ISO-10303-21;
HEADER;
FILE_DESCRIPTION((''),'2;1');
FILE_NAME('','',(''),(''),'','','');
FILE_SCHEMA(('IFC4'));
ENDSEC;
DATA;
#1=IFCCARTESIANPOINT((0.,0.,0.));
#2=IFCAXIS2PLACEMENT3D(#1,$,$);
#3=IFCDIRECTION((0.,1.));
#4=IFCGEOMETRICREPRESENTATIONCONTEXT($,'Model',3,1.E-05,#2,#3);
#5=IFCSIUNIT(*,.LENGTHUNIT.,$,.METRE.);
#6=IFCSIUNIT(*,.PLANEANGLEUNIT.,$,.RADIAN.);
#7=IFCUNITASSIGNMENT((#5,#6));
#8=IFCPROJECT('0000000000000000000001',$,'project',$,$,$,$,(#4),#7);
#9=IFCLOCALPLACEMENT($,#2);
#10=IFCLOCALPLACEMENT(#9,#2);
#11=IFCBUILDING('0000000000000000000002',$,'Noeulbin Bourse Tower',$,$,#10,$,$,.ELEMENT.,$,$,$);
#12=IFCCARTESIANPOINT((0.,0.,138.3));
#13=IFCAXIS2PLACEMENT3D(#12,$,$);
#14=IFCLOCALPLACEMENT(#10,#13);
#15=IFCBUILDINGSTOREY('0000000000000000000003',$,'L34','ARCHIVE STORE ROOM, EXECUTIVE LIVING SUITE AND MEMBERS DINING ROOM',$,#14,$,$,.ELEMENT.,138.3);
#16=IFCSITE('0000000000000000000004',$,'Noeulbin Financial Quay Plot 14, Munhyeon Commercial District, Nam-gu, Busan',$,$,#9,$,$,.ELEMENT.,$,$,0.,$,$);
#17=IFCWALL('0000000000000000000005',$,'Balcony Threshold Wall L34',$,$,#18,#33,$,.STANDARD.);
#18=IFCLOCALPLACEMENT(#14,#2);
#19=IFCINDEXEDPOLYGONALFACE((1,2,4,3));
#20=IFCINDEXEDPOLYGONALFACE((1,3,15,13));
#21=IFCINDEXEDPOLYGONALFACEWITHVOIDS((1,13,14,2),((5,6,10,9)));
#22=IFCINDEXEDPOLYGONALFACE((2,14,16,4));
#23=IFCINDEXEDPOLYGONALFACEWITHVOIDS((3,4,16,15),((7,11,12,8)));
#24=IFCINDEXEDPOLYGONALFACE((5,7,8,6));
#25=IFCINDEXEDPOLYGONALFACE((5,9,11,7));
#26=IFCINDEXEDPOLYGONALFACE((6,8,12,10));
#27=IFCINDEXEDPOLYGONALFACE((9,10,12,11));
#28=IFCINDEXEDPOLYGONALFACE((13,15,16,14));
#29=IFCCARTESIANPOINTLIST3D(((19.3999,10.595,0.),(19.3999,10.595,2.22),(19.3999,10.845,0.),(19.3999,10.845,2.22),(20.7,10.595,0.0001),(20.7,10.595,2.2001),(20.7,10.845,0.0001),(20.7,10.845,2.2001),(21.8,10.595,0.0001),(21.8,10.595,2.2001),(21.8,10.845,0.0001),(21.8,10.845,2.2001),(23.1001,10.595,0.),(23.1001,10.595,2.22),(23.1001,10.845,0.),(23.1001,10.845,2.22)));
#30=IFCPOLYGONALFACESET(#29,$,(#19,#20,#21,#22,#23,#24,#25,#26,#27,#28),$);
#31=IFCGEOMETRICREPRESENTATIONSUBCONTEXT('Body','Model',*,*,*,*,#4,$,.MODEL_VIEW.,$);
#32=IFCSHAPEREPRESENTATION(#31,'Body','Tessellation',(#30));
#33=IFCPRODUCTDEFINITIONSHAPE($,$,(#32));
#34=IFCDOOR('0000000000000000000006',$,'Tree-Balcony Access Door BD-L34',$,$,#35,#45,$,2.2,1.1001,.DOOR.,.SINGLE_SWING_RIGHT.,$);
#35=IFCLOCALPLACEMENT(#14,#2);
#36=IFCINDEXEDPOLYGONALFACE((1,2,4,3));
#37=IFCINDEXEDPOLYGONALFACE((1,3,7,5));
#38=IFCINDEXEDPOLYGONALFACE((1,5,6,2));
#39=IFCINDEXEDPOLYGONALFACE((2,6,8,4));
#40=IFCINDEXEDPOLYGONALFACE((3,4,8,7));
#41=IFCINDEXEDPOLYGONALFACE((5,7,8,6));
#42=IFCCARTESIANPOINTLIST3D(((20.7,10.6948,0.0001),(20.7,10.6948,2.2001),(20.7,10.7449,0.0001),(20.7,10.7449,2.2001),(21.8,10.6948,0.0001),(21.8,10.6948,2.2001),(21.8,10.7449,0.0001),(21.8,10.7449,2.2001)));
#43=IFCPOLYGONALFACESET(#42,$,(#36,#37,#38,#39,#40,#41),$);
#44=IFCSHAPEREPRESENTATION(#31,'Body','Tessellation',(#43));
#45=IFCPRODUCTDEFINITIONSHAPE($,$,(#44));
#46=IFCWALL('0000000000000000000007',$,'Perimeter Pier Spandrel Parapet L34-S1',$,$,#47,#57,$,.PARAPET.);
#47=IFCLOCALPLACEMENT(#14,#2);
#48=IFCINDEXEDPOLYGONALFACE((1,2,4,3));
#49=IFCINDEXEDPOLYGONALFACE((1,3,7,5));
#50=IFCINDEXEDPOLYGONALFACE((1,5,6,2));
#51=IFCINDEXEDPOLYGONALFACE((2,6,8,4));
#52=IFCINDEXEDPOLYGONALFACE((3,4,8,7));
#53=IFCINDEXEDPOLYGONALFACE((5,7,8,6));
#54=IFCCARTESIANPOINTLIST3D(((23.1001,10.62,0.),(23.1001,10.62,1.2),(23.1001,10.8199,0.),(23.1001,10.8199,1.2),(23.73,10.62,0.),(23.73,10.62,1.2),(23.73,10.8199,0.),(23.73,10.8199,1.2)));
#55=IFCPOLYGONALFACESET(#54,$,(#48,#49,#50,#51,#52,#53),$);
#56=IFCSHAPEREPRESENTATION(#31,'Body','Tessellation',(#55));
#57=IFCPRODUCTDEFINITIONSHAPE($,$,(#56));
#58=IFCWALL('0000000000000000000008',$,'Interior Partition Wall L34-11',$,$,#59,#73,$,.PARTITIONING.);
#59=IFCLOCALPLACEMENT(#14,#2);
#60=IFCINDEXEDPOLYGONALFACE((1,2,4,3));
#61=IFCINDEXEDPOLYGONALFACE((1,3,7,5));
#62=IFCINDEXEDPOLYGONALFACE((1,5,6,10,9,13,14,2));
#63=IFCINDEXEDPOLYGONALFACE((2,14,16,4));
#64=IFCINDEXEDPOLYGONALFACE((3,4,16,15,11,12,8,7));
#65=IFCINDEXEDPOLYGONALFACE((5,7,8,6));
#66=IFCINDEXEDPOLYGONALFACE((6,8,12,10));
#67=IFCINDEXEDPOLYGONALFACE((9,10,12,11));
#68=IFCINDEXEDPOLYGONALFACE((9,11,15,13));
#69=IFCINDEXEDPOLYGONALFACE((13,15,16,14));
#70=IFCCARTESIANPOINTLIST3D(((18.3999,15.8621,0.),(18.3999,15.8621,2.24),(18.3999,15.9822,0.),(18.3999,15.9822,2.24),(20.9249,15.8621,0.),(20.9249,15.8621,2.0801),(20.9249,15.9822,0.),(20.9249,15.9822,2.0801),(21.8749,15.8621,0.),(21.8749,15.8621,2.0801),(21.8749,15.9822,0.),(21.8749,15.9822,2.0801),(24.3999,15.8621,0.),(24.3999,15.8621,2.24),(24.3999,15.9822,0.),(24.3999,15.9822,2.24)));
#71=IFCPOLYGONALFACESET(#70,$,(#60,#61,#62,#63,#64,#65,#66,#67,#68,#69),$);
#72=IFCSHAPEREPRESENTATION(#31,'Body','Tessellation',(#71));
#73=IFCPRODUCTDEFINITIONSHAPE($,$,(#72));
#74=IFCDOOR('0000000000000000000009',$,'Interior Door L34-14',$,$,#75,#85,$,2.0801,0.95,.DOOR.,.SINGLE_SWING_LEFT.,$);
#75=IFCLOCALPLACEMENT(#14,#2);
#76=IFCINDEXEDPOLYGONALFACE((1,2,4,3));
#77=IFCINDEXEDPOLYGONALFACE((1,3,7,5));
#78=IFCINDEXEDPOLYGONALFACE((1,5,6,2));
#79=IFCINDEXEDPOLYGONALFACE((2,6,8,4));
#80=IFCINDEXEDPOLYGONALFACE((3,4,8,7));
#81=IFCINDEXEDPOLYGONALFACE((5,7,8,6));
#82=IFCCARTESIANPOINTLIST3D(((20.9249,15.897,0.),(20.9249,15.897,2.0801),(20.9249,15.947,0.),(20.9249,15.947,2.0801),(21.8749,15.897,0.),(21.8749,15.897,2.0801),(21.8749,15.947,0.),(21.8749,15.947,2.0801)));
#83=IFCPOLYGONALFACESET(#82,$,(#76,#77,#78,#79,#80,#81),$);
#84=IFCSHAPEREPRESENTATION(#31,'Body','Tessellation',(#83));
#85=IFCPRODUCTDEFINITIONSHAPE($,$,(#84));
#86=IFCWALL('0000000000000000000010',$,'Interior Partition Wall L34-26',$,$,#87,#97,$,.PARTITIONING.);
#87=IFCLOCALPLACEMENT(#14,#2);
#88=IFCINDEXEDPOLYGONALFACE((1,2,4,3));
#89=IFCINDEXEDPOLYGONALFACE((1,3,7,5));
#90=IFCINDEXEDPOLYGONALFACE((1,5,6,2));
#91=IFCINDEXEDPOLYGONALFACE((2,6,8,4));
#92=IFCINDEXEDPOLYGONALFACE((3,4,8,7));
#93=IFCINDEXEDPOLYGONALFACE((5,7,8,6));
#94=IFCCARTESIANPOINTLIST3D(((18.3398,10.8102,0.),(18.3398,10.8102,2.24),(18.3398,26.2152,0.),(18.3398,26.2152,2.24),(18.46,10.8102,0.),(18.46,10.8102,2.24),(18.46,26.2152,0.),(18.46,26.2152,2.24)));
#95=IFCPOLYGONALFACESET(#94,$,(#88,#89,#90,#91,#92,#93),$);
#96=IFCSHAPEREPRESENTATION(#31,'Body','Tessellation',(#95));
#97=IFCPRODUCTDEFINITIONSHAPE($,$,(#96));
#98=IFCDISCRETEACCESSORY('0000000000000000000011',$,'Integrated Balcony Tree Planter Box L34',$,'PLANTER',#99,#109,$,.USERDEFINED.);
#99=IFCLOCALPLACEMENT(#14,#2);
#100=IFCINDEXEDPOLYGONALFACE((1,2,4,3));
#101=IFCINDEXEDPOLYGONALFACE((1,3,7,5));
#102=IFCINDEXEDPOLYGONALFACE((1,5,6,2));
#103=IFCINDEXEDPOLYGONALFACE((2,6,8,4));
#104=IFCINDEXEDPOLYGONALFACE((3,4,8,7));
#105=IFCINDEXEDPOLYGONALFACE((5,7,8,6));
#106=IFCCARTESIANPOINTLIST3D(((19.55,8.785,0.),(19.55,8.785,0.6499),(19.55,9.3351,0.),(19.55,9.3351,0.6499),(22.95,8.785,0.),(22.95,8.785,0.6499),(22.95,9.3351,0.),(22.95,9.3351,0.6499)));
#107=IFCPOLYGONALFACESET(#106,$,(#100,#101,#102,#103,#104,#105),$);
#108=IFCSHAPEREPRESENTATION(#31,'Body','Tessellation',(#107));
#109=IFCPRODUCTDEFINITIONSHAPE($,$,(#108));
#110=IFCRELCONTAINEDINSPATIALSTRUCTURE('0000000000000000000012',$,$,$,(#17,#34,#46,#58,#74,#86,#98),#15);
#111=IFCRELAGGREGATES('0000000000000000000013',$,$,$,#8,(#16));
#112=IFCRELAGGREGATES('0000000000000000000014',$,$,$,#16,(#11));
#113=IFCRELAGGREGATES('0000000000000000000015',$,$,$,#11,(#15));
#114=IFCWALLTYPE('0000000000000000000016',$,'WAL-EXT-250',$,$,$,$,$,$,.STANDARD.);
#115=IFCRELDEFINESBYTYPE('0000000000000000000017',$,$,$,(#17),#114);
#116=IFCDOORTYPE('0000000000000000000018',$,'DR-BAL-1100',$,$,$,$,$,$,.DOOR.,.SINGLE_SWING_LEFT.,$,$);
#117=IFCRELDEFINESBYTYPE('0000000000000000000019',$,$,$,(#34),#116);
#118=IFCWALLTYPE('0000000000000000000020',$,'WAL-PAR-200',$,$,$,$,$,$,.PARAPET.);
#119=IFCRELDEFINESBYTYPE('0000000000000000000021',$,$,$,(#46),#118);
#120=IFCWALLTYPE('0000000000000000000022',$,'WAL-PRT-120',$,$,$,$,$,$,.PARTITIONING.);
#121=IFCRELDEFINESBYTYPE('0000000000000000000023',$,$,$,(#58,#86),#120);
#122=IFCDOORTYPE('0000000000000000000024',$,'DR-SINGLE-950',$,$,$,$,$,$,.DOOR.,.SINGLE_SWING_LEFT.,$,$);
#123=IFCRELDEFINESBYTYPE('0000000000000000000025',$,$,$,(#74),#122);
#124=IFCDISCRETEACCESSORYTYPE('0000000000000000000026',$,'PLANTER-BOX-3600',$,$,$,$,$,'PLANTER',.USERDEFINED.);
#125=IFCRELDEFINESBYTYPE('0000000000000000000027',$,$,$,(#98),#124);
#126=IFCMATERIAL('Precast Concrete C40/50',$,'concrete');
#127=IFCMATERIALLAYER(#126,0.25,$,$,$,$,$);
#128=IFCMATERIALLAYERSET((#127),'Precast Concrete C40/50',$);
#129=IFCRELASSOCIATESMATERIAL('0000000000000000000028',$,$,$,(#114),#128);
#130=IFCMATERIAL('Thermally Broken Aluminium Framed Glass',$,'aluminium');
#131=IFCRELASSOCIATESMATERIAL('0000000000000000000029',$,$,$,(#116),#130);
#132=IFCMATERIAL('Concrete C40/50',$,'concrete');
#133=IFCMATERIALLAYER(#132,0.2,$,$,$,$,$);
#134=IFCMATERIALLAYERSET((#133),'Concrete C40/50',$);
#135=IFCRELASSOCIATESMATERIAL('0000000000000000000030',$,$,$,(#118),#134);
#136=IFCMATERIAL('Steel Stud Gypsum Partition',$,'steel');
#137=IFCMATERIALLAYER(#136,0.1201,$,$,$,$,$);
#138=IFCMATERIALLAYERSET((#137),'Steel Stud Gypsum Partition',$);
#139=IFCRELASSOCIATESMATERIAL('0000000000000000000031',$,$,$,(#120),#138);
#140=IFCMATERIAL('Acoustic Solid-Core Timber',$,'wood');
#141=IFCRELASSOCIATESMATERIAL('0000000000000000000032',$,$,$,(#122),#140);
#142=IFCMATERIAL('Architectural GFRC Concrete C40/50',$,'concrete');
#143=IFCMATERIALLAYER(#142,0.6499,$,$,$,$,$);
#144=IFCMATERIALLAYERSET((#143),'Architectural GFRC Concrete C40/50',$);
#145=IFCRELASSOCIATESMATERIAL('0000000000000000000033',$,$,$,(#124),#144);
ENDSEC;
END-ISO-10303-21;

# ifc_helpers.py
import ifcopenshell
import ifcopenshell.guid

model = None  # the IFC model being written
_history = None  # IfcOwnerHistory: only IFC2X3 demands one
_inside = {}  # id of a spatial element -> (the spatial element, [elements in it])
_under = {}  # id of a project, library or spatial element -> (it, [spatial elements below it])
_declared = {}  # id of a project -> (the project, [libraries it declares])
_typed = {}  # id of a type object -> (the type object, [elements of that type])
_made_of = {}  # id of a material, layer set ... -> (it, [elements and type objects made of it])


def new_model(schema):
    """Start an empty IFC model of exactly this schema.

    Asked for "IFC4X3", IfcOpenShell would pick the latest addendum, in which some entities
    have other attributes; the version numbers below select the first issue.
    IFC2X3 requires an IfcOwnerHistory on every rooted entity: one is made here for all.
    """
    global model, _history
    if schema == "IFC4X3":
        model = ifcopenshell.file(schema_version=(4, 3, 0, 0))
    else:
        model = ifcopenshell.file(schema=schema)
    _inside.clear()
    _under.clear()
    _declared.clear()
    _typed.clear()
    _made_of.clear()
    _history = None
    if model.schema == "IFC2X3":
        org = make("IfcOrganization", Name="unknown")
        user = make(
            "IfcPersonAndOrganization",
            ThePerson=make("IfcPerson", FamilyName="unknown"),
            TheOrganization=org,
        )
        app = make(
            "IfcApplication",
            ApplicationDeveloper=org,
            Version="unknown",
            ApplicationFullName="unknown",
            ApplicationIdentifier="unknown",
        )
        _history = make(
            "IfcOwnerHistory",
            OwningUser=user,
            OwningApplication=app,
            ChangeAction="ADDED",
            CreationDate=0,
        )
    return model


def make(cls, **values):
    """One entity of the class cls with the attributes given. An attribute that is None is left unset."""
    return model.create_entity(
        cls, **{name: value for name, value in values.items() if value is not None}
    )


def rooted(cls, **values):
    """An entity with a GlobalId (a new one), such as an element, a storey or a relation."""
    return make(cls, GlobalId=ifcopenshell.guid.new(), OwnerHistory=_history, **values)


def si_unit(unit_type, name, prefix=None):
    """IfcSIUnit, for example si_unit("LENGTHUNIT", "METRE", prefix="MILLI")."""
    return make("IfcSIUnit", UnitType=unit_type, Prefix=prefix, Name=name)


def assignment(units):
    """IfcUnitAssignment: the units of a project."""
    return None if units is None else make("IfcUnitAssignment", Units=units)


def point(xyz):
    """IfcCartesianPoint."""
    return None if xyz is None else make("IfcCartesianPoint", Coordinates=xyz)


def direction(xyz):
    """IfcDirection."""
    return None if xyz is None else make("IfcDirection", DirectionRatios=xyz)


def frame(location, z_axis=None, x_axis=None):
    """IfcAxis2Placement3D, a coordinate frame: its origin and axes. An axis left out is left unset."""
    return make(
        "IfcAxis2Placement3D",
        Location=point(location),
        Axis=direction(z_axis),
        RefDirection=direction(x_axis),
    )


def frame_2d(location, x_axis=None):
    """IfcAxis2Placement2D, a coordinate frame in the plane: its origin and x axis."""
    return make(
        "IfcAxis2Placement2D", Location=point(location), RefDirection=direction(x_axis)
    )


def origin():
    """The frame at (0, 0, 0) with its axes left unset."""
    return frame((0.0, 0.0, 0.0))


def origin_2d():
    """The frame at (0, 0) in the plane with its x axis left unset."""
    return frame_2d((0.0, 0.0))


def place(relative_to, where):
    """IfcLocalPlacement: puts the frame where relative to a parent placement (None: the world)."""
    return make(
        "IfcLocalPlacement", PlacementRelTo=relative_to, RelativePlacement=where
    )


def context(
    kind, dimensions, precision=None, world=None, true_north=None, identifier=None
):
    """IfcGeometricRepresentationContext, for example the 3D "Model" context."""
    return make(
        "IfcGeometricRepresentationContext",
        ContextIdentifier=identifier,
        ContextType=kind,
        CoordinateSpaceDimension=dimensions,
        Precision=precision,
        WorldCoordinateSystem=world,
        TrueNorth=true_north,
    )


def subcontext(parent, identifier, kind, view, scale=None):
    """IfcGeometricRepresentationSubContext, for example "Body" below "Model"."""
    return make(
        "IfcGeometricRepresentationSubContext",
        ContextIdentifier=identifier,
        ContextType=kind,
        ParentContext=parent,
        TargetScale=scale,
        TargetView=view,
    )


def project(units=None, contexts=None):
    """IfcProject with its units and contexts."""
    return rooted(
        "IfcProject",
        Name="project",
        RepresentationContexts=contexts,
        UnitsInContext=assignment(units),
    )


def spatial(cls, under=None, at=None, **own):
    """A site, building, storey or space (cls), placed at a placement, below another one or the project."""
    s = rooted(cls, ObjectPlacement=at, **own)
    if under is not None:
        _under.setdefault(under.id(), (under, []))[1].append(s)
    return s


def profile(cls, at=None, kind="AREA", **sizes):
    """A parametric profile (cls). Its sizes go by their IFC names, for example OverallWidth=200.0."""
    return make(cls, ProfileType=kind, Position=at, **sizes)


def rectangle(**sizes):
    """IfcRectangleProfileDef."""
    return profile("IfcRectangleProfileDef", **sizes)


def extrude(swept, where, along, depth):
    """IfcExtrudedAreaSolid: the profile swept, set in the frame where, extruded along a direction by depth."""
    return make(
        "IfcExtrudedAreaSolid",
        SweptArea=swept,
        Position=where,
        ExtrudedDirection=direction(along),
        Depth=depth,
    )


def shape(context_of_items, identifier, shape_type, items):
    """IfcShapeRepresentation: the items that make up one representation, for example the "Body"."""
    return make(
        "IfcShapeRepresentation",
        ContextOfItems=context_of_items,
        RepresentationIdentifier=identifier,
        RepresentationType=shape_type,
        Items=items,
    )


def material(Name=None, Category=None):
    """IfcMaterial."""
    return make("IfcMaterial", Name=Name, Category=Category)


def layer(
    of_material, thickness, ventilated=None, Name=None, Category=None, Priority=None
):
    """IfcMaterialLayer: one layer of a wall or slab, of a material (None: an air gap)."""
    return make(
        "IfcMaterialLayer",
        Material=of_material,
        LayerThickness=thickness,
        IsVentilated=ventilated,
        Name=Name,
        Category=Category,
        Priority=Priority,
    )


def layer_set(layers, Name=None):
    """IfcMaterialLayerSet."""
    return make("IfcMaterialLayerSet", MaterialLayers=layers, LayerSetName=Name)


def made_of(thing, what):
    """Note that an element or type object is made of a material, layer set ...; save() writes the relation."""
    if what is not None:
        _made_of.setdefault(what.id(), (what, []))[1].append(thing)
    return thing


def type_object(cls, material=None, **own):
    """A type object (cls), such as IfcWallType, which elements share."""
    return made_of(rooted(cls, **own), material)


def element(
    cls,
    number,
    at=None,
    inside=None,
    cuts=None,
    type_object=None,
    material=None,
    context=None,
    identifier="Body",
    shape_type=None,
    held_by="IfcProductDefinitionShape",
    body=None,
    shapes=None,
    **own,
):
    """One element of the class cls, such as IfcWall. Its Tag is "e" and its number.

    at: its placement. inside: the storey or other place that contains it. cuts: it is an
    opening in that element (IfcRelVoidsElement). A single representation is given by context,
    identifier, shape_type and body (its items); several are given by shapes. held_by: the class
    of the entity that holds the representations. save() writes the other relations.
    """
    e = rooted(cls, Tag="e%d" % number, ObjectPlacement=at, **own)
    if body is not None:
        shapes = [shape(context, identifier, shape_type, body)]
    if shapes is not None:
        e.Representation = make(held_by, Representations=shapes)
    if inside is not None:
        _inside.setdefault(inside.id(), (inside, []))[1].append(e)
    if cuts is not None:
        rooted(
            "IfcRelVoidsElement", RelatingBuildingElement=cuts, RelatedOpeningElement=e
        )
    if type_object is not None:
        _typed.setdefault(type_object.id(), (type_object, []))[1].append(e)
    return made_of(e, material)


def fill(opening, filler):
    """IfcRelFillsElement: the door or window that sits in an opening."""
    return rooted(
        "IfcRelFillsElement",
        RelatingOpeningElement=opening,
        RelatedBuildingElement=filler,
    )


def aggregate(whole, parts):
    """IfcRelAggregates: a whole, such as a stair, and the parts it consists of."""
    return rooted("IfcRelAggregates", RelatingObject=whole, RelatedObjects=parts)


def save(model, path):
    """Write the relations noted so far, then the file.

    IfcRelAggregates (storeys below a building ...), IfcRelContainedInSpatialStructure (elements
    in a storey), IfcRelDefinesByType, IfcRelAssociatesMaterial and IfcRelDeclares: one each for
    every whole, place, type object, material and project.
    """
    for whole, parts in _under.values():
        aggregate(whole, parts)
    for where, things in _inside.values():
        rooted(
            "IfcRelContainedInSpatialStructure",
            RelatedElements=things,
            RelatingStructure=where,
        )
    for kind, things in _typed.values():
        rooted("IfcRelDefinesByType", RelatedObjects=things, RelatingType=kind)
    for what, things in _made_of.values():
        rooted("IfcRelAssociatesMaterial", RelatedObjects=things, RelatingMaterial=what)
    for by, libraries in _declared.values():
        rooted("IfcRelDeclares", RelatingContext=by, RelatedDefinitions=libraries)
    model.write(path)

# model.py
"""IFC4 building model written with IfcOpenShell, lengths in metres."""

from ifc_helpers import new_model, si_unit, direction, frame, frame_2d, origin, origin_2d, place, context, subcontext, project, spatial, rectangle, extrude, material, layer, layer_set, type_object, element, fill, save


model = new_model("IFC4")

# Units and contexts
model_context = context("Model", 3, precision=1e-05, world=origin(), true_north=direction((0.0, 1.0)))
body_context = subcontext(model_context, "Body", "Model", "MODEL_VIEW")
ifc_project = project(units=[si_unit("LENGTHUNIT", "METRE"), si_unit("PLANEANGLEUNIT", "RADIAN")], contexts=[model_context])

# Site, building, storey
site_placement = place(None, origin())
site = spatial("IfcSite", under=ifc_project, at=site_placement, Name="Noeulbin Financial Quay Plot 14, Munhyeon Commercial District, Nam-gu, Busan", CompositionType="ELEMENT", RefElevation=0.0)
building_placement = place(site_placement, origin())
building = spatial("IfcBuilding", under=site, at=building_placement, Name="Noeulbin Bourse Tower", CompositionType="ELEMENT")
storey_placement = place(building_placement, frame((0.0, 0.0, 138.3)))
storey = spatial("IfcBuildingStorey", under=building, at=storey_placement, Name="L34", Description="ARCHIVE STORE ROOM, EXECUTIVE LIVING SUITE AND MEMBERS DINING ROOM", CompositionType="ELEMENT", Elevation=138.3)

# Wall, opening, door
ifc_material_1 = material(Name="Precast Concrete C40/50", Category="concrete")
ifc_layer_1 = layer(ifc_material_1, 0.25)
ifc_layer_set_1 = layer_set([ifc_layer_1], Name="Precast Concrete C40/50")
wall_type_1 = type_object("IfcWallType", Name="WAL-EXT-250", PredefinedType="STANDARD", material=ifc_layer_set_1)
wall_1_placement = place(storey_placement, frame((19.3999, 10.72, 0.0), z_axis=(0.0, 0.0, 1.0), x_axis=(1.0, 0.0, 0.0)))
wall_1 = element("IfcWall", 1, at=wall_1_placement, inside=storey, type_object=wall_type_1, Name="Balcony Threshold Wall L34", PredefinedType="STANDARD", context=body_context, shape_type="SweptSolid", body=[
    extrude(rectangle(XDim=3.7002, YDim=0.25, at=frame_2d((1.8501, 0.0))), origin(), (0.0, 0.0, 1.0), 2.22),
])
opening_1_placement = place(wall_1_placement, frame((1.3, 0.0, 0.0)))
opening_1 = element("IfcOpeningElement", 2, at=opening_1_placement, cuts=wall_1, PredefinedType="OPENING", context=body_context, shape_type="SweptSolid", body=[
    extrude(rectangle(XDim=1.1001, YDim=2.2, at=frame_2d((0.55, 1.1001))), frame((0.0, 0.135, 0.0), z_axis=(0.0, -1.0, 0.0), x_axis=(1.0, 0.0, 0.0)), (0.0, 0.0, 1.0), 0.27),
])
ifc_material_2 = material(Name="Thermally Broken Aluminium Framed Glass", Category="aluminium")
door_type_1 = type_object("IfcDoorType", Name="DR-BAL-1100", OperationType="SINGLE_SWING_LEFT", PredefinedType="DOOR", material=ifc_material_2)
door_1_placement = place(opening_1_placement, origin())
door_1 = element("IfcDoor", 3, at=door_1_placement, inside=storey, type_object=door_type_1, Name="Tree-Balcony Access Door BD-L34", OperationType="SINGLE_SWING_RIGHT", OverallHeight=2.2, OverallWidth=1.1001, PredefinedType="DOOR", context=body_context, shape_type="SweptSolid", body=[
    extrude(rectangle(XDim=1.1001, YDim=2.2, at=frame_2d((0.55, 1.1001))), frame((0.0, 0.0249, 0.0), z_axis=(0.0, -1.0, 0.0), x_axis=(1.0, 0.0, 0.0)), (0.0, 0.0, 1.0), 0.05),
])
fill(opening_1, door_1)

# Wall
ifc_material_3 = material(Name="Concrete C40/50", Category="concrete")
ifc_layer_2 = layer(ifc_material_3, 0.2)
ifc_layer_set_2 = layer_set([ifc_layer_2], Name="Concrete C40/50")
wall_type_2 = type_object("IfcWallType", Name="WAL-PAR-200", PredefinedType="PARAPET", material=ifc_layer_set_2)
wall_2_placement = place(storey_placement, frame((23.1001, 10.72, 0.0), z_axis=(0.0, 0.0, 1.0), x_axis=(1.0, 0.0, 0.0)))
element("IfcWall", 4, at=wall_2_placement, inside=storey, type_object=wall_type_2, Name="Perimeter Pier Spandrel Parapet L34-S1", PredefinedType="PARAPET", context=body_context, shape_type="SweptSolid", body=[
    extrude(rectangle(XDim=0.6299, YDim=0.2, at=frame_2d((0.3149, 0.0))), origin(), (0.0, 0.0, 1.0), 1.2),
])

# Wall, opening, door
ifc_material_4 = material(Name="Steel Stud Gypsum Partition", Category="steel")
ifc_layer_3 = layer(ifc_material_4, 0.1201)
ifc_layer_set_3 = layer_set([ifc_layer_3], Name="Steel Stud Gypsum Partition")
wall_type_3 = type_object("IfcWallType", Name="WAL-PRT-120", PredefinedType="PARTITIONING", material=ifc_layer_set_3)
wall_3_placement = place(storey_placement, frame((18.3999, 15.9221, 0.0), z_axis=(0.0, 0.0, 1.0), x_axis=(1.0, 0.0, 0.0)))
wall_3 = element("IfcWall", 5, at=wall_3_placement, inside=storey, type_object=wall_type_3, Name="Interior Partition Wall L34-11", PredefinedType="PARTITIONING", context=body_context, shape_type="SweptSolid", body=[
    extrude(rectangle(XDim=6.0, YDim=0.1201, at=frame_2d((3.0, 0.0))), origin(), (0.0, 0.0, 1.0), 2.24),
])
opening_2_placement = place(wall_3_placement, frame((2.5249, 0.0, 0.0)))
opening_2 = element("IfcOpeningElement", 6, at=opening_2_placement, cuts=wall_3, PredefinedType="OPENING", context=body_context, shape_type="SweptSolid", body=[
    extrude(rectangle(XDim=0.95, YDim=2.0801, at=frame_2d((0.4751, 1.04))), frame((0.0, 0.0701, 0.0), z_axis=(0.0, -1.0, 0.0), x_axis=(1.0, 0.0, 0.0)), (0.0, 0.0, 1.0), 0.1401),
])
ifc_material_5 = material(Name="Acoustic Solid-Core Timber", Category="wood")
door_type_2 = type_object("IfcDoorType", Name="DR-SINGLE-950", OperationType="SINGLE_SWING_LEFT", PredefinedType="DOOR", material=ifc_material_5)
door_2_placement = place(opening_2_placement, origin())
door_2 = element("IfcDoor", 7, at=door_2_placement, inside=storey, type_object=door_type_2, Name="Interior Door L34-14", OperationType="SINGLE_SWING_LEFT", OverallHeight=2.0801, OverallWidth=0.95, PredefinedType="DOOR", context=body_context, shape_type="SweptSolid", body=[
    extrude(rectangle(XDim=0.95, YDim=2.0801, at=frame_2d((0.4751, 1.04))), frame((0.0, 0.0249, 0.0), z_axis=(0.0, -1.0, 0.0), x_axis=(1.0, 0.0, 0.0)), (0.0, 0.0, 1.0), 0.05),
])
fill(opening_2, door_2)

# Wall
wall_4_placement = place(storey_placement, frame((18.3999, 10.8101, 0.0), z_axis=(0.0, 0.0, 1.0), x_axis=(0.0, 1.0, 0.0)))
element("IfcWall", 8, at=wall_4_placement, inside=storey, type_object=wall_type_3, Name="Interior Partition Wall L34-26", PredefinedType="PARTITIONING", context=body_context, shape_type="SweptSolid", body=[
    extrude(rectangle(XDim=15.405, YDim=0.1201, at=frame_2d((7.7026, 0.0))), origin(), (0.0, 0.0, 1.0), 2.24),
])

# Discrete accessory
ifc_material_6 = material(Name="Architectural GFRC Concrete C40/50", Category="concrete")
ifc_layer_4 = layer(ifc_material_6, 0.6499)
ifc_layer_set_4 = layer_set([ifc_layer_4], Name="Architectural GFRC Concrete C40/50")
discrete_accessory_type = type_object("IfcDiscreteAccessoryType", Name="PLANTER-BOX-3600", ElementType="PLANTER", PredefinedType="USERDEFINED", material=ifc_layer_set_4)
discrete_accessory_placement = place(storey_placement, frame((21.25, 9.0601, 0.0), z_axis=(0.0, 0.0, 1.0), x_axis=(1.0, 0.0, 0.0)))
element("IfcDiscreteAccessory", 9, at=discrete_accessory_placement, inside=storey, type_object=discrete_accessory_type, Name="Integrated Balcony Tree Planter Box L34", ObjectType="PLANTER", PredefinedType="USERDEFINED", context=body_context, shape_type="SweptSolid", body=[
    extrude(rectangle(XDim=3.3999, YDim=0.55, at=origin_2d()), origin(), (0.0, 0.0, 1.0), 0.6499),
])

save(model, "model.ifc")
